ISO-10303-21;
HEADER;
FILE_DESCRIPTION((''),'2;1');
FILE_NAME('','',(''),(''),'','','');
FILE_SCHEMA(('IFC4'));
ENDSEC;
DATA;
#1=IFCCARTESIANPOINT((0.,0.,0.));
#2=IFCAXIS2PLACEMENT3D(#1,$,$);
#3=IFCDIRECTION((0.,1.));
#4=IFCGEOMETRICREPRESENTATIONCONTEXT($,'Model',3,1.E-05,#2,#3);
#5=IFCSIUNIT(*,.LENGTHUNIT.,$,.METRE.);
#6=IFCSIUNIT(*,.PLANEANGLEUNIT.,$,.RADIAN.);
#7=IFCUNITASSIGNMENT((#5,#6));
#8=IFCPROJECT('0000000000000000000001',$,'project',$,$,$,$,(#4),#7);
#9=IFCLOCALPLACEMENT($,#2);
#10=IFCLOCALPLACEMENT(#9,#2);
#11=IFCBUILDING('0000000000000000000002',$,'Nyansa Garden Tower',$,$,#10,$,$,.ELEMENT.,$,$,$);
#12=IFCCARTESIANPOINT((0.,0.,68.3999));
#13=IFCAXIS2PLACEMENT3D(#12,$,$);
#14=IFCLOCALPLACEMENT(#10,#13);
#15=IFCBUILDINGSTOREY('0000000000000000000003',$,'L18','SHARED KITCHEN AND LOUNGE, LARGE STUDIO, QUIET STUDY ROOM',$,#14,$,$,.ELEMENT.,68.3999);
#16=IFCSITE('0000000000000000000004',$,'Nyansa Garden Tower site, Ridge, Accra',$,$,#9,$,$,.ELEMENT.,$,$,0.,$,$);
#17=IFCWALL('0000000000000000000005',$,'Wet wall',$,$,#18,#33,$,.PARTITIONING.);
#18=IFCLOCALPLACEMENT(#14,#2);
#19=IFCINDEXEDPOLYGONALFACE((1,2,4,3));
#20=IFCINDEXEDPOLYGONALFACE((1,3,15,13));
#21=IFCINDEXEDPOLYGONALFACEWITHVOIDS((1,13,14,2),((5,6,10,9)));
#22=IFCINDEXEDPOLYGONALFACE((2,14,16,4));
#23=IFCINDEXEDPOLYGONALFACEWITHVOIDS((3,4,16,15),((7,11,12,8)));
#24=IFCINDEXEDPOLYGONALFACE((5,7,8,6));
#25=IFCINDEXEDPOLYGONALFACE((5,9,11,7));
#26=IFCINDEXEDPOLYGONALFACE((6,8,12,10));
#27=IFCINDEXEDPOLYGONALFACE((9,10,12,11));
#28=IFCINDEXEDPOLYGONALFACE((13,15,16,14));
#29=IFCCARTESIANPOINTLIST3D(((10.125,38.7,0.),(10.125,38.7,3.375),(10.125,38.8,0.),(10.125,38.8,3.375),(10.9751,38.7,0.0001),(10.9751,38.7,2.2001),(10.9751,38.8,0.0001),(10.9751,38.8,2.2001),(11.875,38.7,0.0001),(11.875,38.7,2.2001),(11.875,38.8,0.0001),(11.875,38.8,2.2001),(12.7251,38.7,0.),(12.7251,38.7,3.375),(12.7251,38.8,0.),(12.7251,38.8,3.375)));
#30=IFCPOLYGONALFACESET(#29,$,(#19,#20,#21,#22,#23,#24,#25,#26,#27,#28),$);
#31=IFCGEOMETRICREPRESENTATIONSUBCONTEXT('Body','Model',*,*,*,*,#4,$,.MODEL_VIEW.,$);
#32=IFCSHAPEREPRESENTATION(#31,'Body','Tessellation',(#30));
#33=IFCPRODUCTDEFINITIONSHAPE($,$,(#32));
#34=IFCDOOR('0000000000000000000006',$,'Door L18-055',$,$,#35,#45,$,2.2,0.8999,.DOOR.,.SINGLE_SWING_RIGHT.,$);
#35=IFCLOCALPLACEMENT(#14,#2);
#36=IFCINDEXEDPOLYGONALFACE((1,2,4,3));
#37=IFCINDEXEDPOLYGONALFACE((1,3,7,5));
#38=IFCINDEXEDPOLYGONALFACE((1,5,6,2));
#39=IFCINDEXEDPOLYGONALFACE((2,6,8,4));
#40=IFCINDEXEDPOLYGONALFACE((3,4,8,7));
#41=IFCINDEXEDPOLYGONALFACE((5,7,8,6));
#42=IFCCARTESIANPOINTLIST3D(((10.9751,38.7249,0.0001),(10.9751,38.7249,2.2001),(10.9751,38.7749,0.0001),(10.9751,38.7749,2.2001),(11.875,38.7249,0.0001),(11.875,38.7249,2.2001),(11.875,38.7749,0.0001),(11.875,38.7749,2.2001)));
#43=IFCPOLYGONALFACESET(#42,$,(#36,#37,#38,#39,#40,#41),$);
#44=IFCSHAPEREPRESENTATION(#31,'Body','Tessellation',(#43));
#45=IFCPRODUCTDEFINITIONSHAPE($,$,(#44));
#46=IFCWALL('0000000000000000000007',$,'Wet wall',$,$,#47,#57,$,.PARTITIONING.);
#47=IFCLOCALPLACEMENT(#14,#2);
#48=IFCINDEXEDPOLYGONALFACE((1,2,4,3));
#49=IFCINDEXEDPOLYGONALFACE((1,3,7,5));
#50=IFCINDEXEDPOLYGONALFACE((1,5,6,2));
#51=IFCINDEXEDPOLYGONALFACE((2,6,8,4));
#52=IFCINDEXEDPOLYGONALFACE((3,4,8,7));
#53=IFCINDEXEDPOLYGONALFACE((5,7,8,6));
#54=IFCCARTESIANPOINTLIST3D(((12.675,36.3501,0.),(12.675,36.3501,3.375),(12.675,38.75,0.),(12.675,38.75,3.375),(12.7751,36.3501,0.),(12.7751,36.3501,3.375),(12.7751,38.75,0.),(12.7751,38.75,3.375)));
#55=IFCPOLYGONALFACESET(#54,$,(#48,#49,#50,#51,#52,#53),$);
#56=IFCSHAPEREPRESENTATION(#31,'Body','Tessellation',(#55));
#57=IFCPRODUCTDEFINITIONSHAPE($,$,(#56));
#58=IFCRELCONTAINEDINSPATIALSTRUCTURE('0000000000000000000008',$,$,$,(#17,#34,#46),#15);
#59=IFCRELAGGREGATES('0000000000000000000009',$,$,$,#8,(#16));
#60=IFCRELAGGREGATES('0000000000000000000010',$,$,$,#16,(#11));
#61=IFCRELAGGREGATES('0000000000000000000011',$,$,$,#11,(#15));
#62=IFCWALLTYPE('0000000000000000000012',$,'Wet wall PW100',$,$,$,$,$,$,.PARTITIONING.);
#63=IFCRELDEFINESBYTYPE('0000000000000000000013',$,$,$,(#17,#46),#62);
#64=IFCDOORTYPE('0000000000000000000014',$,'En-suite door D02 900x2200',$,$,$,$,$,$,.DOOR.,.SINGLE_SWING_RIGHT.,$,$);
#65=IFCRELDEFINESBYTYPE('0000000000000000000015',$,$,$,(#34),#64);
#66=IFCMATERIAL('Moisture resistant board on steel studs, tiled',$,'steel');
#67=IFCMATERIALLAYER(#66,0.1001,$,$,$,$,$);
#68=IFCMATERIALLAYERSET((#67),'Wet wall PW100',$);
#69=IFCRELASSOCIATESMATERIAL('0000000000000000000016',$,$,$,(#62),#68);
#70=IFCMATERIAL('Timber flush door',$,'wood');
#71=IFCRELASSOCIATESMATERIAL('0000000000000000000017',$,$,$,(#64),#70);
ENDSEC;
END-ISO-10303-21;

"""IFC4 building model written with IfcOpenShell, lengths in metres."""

from ifc_helpers import new_model, si_unit, direction, frame, frame_2d, origin, place, context, subcontext, project, spatial, rectangle, extrude, material, layer, layer_set, type_object, element, fill, save


model = new_model("IFC4")

# Units and contexts
model_context = context("Model", 3, precision=1e-05, world=origin(), true_north=direction((0.0, 1.0)))
body_context = subcontext(model_context, "Body", "Model", "MODEL_VIEW")
ifc_project = project(units=[si_unit("LENGTHUNIT", "METRE"), si_unit("PLANEANGLEUNIT", "RADIAN")], contexts=[model_context])

# Site, building, storey
site_placement = place(None, origin())
site = spatial("IfcSite", under=ifc_project, at=site_placement, Name="Nyansa Garden Tower site, Ridge, Accra", CompositionType="ELEMENT", RefElevation=0.0)
building_placement = place(site_placement, origin())
building = spatial("IfcBuilding", under=site, at=building_placement, Name="Nyansa Garden Tower", CompositionType="ELEMENT")
storey_placement = place(building_placement, frame((0.0, 0.0, 68.3999)))
storey = spatial("IfcBuildingStorey", under=building, at=storey_placement, Name="L18", Description="SHARED KITCHEN AND LOUNGE, LARGE STUDIO, QUIET STUDY ROOM", CompositionType="ELEMENT", Elevation=68.3999)

# Wall, opening, door
ifc_material_1 = material(Name="Moisture resistant board on steel studs, tiled", Category="steel")
ifc_layer_1 = layer(ifc_material_1, 0.1001)
ifc_layer_set_1 = layer_set([ifc_layer_1], Name="Wet wall PW100")
wall_type_1 = type_object("IfcWallType", Name="Wet wall PW100", PredefinedType="PARTITIONING", material=ifc_layer_set_1)
wall_1_placement = place(storey_placement, frame((10.125, 38.75, 0.0), z_axis=(0.0, 0.0, 1.0), x_axis=(1.0, 0.0, 0.0)))
wall_1 = element("IfcWall", 1, at=wall_1_placement, inside=storey, type_object=wall_type_1, Name="Wet wall", PredefinedType="PARTITIONING", context=body_context, shape_type="SweptSolid", body=[
    extrude(rectangle(XDim=2.6001, YDim=0.1001, at=frame_2d((1.3, 0.0))), origin(), (0.0, 0.0, 1.0), 3.375),
])
opening_1_placement = place(wall_1_placement, frame((0.8501, 0.0, 0.0)))
opening_1 = element("IfcOpeningElement", 2, at=opening_1_placement, cuts=wall_1, PredefinedType="OPENING", context=body_context, shape_type="SweptSolid", body=[
    extrude(rectangle(XDim=0.8999, YDim=2.2, at=frame_2d((0.45, 1.1001))), frame((0.0, 0.0601, 0.0), z_axis=(0.0, -1.0, 0.0), x_axis=(1.0, 0.0, 0.0)), (0.0, 0.0, 1.0), 0.1201),
])
ifc_material_2 = material(Name="Timber flush door", Category="wood")
door_type_1 = type_object("IfcDoorType", Name="En-suite door D02 900x2200", OperationType="SINGLE_SWING_RIGHT", PredefinedType="DOOR", material=ifc_material_2)
door_1_placement = place(opening_1_placement, origin())
door_1 = element("IfcDoor", 3, at=door_1_placement, inside=storey, type_object=door_type_1, Name="Door L18-055", OperationType="SINGLE_SWING_RIGHT", OverallHeight=2.2, OverallWidth=0.8999, PredefinedType="DOOR", context=body_context, shape_type="SweptSolid", body=[
    extrude(rectangle(XDim=0.8999, YDim=2.2, at=frame_2d((0.45, 1.1001))), frame((0.0, 0.0249, 0.0), z_axis=(0.0, -1.0, 0.0), x_axis=(1.0, 0.0, 0.0)), (0.0, 0.0, 1.0), 0.05),
])
fill(opening_1, door_1)

# Wall
wall_2_placement = place(storey_placement, frame((12.7251, 36.3501, 0.0), z_axis=(0.0, 0.0, 1.0), x_axis=(0.0, 1.0, 0.0)))
element("IfcWall", 4, at=wall_2_placement, inside=storey, type_object=wall_type_1, Name="Wet wall", PredefinedType="PARTITIONING", context=body_context, shape_type="SweptSolid", body=[
    extrude(rectangle(XDim=2.3999, YDim=0.1001, at=frame_2d((1.2, 0.0))), origin(), (0.0, 0.0, 1.0), 3.375),
])

save(model, "model.ifc")
